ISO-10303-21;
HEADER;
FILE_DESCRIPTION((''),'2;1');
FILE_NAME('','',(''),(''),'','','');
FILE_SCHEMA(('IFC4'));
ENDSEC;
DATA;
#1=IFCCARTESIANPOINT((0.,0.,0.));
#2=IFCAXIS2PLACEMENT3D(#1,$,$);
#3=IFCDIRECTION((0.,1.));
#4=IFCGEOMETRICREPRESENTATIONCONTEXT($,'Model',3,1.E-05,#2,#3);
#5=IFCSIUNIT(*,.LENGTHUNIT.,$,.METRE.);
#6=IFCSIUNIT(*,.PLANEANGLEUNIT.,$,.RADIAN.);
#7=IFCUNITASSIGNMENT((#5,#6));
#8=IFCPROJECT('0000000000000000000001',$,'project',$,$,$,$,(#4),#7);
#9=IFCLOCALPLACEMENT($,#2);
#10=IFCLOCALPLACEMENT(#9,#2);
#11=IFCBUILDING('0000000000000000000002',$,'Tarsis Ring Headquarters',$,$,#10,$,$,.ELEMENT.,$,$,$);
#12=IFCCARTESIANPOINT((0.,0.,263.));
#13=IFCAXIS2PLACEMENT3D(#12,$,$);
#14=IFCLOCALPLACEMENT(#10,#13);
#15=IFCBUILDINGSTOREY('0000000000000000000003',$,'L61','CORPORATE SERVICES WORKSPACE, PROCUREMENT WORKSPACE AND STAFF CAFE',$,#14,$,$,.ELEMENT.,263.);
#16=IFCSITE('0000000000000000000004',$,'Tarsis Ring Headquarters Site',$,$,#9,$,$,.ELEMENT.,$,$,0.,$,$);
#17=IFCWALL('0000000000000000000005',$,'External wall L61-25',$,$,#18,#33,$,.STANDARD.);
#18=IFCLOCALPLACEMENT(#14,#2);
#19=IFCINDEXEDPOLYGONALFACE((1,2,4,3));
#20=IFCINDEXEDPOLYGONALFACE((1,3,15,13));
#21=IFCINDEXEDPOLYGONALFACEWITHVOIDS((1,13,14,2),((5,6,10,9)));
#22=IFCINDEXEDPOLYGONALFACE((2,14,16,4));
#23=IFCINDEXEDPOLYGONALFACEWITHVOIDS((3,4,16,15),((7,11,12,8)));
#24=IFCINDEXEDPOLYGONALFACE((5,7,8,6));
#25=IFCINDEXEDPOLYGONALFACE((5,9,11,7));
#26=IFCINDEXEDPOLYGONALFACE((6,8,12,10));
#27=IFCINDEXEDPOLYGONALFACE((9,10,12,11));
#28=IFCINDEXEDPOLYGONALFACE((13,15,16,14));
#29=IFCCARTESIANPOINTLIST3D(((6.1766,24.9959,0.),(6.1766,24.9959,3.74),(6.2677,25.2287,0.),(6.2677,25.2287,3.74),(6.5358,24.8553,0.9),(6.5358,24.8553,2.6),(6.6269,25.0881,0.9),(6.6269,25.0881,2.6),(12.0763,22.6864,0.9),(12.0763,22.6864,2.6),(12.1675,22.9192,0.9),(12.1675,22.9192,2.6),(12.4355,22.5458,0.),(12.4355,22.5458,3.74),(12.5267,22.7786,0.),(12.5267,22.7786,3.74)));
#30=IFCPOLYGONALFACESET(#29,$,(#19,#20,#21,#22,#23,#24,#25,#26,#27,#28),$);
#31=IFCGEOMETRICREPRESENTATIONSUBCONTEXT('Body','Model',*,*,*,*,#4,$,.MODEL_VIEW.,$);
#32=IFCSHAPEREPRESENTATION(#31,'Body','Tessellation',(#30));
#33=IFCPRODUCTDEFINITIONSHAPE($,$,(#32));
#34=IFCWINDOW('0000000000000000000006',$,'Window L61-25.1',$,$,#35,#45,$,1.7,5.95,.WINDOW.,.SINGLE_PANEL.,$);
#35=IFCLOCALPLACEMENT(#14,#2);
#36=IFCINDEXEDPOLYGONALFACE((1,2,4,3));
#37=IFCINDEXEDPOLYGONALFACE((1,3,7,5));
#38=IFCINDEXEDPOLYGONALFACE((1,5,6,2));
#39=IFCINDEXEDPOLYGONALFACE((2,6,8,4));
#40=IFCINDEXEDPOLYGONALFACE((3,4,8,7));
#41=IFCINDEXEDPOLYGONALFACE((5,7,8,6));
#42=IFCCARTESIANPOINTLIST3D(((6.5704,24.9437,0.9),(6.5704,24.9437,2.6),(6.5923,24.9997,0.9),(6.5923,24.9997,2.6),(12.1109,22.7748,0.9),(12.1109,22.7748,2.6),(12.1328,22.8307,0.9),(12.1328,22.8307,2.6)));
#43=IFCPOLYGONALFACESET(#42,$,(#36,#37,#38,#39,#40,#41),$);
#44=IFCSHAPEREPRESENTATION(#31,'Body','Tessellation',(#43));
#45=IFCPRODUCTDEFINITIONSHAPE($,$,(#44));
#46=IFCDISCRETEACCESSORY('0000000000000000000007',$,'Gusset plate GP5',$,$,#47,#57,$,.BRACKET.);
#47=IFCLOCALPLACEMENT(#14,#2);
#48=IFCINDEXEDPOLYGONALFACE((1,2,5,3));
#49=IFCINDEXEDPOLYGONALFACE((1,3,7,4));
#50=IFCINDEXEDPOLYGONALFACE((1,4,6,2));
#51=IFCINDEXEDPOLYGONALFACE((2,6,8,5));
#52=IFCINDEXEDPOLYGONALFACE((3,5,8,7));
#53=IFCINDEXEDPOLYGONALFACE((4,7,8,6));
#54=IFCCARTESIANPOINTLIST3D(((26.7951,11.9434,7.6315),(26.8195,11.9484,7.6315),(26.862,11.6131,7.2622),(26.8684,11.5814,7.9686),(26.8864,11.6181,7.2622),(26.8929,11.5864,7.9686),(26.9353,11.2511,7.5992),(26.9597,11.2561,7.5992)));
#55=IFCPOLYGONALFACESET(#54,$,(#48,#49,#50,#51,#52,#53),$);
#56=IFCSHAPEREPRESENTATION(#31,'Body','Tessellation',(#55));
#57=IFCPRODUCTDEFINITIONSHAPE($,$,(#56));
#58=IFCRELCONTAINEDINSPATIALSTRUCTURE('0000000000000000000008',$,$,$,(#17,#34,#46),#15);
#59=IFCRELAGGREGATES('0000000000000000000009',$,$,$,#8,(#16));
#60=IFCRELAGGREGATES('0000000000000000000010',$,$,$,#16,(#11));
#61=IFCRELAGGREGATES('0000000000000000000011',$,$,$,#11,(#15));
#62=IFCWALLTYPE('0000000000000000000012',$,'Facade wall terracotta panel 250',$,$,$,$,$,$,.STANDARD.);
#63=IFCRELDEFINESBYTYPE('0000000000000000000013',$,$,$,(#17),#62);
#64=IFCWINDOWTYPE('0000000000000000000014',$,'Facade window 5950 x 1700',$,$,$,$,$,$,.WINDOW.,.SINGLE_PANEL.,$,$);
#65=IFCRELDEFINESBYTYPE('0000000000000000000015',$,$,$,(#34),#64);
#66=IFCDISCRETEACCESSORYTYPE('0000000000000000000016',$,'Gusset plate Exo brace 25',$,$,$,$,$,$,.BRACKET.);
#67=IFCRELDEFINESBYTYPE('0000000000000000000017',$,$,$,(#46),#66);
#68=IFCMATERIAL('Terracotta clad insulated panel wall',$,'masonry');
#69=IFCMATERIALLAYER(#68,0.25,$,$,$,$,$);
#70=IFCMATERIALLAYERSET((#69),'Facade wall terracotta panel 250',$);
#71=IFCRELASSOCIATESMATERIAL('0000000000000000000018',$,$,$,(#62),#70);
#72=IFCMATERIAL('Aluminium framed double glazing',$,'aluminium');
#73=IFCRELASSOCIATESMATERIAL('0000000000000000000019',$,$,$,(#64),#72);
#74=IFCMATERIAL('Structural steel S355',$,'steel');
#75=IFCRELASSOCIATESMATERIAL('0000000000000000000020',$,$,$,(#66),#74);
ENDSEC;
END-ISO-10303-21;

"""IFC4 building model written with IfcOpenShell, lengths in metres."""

from ifc_helpers import new_model, si_unit, direction, frame, frame_2d, origin, origin_2d, place, context, subcontext, project, spatial, rectangle, extrude, material, layer, layer_set, material_profile, profile_set, type_object, element, fill, save


model = new_model("IFC4")

# Units and contexts
model_context = context("Model", 3, precision=1e-05, world=origin(), true_north=direction((0.0, 1.0)))
body_context = subcontext(model_context, "Body", "Model", "MODEL_VIEW")
ifc_project = project(units=[si_unit("LENGTHUNIT", "METRE"), si_unit("PLANEANGLEUNIT", "RADIAN")], contexts=[model_context])

# Site, building, storey
site_placement = place(None, origin())
site = spatial("IfcSite", under=ifc_project, at=site_placement, Name="Tarsis Ring Headquarters Site", CompositionType="ELEMENT", RefElevation=0.0)
building_placement = place(site_placement, origin())
building = spatial("IfcBuilding", under=site, at=building_placement, Name="Tarsis Ring Headquarters", CompositionType="ELEMENT")
storey_placement = place(building_placement, frame((0.0, 0.0, 263.0)))
storey = spatial("IfcBuildingStorey", under=building, at=storey_placement, Name="L61", Description="CORPORATE SERVICES WORKSPACE, PROCUREMENT WORKSPACE AND STAFF CAFE", CompositionType="ELEMENT", Elevation=263.0)

# Shared definitions
ifc_material_1 = material(Name="Structural steel S355", Category="steel")

# Wall, opening, window
ifc_material_2 = material(Name="Terracotta clad insulated panel wall", Category="masonry")
ifc_layer_1 = layer(ifc_material_2, 0.25)
ifc_layer_set_1 = layer_set([ifc_layer_1], Name="Facade wall terracotta panel 250")
wall_type_1 = type_object("IfcWallType", Name="Facade wall terracotta panel 250", PredefinedType="STANDARD", material=ifc_layer_set_1)
ifc_material_3 = material(Name="Aluminium framed double glazing", Category="aluminium")
window_type = type_object("IfcWindowType", Name="Facade window 5950 x 1700", PartitioningType="SINGLE_PANEL", PredefinedType="WINDOW", material=ifc_material_3)
wall_1_placement = place(storey_placement, frame((12.4812, 22.6621, 0.0), z_axis=(0.0, 0.0, 1.0), x_axis=(-0.931192, 0.364529, 0.0)))
wall_1 = element("IfcWall", 1, at=wall_1_placement, inside=storey, type_object=wall_type_1, Name="External wall L61-25", PredefinedType="STANDARD", context=body_context, shape_type="SweptSolid", body=[
    extrude(rectangle(XDim=6.7214, YDim=0.25, at=frame_2d((3.3608, 0.0))), origin(), (0.0, 0.0, 1.0), 3.74),
])
opening_1_placement = place(wall_1_placement, frame((0.3857, 0.0, 0.8999)))
opening_1 = element("IfcOpeningElement", 2, at=opening_1_placement, cuts=wall_1, PredefinedType="OPENING", context=body_context, shape_type="SweptSolid", body=[
    extrude(rectangle(XDim=5.95, YDim=1.7, at=frame_2d((2.9751, 0.8501))), frame((0.0, 0.135, 0.0), z_axis=(0.0, -1.0, 0.0), x_axis=(1.0, 0.0, 0.0)), (0.0, 0.0, 1.0), 0.27),
])
window_1_placement = place(opening_1_placement, origin())
window_1 = element("IfcWindow", 3, at=window_1_placement, inside=storey, type_object=window_type, Name="Window L61-25.1", OverallHeight=1.7, OverallWidth=5.95, PartitioningType="SINGLE_PANEL", PredefinedType="WINDOW", context=body_context, shape_type="SweptSolid", body=[
    extrude(rectangle(XDim=5.95, YDim=1.7, at=frame_2d((2.9751, 0.8501))), frame((0.0, 0.03, 0.0), z_axis=(0.0, -1.0, 0.0), x_axis=(1.0, 0.0, 0.0)), (0.0, 0.0, 1.0), 0.0601),
])
fill(opening_1, window_1)

# Discrete accessory
ifc_material_profile_1 = material_profile(ifc_material_1, rectangle(XDim=0.0249, YDim=0.5, at=origin_2d()), Name="PL 25x500")
ifc_profile_set_1 = profile_set([ifc_material_profile_1], Name="Structural steel S355")
discrete_accessory_type = type_object("IfcDiscreteAccessoryType", Name="Gusset plate Exo brace 25", PredefinedType="BRACKET", material=ifc_profile_set_1)
discrete_accessory_placement = place(storey_placement, frame((26.844, 11.7649, 7.8), z_axis=(0.13378, -0.660601, -0.738721), x_axis=(0.980104, 0.198484, 0.0)))
element("IfcDiscreteAccessory", 4, at=discrete_accessory_placement, inside=storey, type_object=discrete_accessory_type, Name="Gusset plate GP5", PredefinedType="BRACKET", context=body_context, shape_type="SweptSolid", body=[
    extrude(rectangle(XDim=0.0249, YDim=0.5, at=origin_2d()), origin(), (0.0, 0.0, 1.0), 0.5),
])

save(model, "model.ifc")
